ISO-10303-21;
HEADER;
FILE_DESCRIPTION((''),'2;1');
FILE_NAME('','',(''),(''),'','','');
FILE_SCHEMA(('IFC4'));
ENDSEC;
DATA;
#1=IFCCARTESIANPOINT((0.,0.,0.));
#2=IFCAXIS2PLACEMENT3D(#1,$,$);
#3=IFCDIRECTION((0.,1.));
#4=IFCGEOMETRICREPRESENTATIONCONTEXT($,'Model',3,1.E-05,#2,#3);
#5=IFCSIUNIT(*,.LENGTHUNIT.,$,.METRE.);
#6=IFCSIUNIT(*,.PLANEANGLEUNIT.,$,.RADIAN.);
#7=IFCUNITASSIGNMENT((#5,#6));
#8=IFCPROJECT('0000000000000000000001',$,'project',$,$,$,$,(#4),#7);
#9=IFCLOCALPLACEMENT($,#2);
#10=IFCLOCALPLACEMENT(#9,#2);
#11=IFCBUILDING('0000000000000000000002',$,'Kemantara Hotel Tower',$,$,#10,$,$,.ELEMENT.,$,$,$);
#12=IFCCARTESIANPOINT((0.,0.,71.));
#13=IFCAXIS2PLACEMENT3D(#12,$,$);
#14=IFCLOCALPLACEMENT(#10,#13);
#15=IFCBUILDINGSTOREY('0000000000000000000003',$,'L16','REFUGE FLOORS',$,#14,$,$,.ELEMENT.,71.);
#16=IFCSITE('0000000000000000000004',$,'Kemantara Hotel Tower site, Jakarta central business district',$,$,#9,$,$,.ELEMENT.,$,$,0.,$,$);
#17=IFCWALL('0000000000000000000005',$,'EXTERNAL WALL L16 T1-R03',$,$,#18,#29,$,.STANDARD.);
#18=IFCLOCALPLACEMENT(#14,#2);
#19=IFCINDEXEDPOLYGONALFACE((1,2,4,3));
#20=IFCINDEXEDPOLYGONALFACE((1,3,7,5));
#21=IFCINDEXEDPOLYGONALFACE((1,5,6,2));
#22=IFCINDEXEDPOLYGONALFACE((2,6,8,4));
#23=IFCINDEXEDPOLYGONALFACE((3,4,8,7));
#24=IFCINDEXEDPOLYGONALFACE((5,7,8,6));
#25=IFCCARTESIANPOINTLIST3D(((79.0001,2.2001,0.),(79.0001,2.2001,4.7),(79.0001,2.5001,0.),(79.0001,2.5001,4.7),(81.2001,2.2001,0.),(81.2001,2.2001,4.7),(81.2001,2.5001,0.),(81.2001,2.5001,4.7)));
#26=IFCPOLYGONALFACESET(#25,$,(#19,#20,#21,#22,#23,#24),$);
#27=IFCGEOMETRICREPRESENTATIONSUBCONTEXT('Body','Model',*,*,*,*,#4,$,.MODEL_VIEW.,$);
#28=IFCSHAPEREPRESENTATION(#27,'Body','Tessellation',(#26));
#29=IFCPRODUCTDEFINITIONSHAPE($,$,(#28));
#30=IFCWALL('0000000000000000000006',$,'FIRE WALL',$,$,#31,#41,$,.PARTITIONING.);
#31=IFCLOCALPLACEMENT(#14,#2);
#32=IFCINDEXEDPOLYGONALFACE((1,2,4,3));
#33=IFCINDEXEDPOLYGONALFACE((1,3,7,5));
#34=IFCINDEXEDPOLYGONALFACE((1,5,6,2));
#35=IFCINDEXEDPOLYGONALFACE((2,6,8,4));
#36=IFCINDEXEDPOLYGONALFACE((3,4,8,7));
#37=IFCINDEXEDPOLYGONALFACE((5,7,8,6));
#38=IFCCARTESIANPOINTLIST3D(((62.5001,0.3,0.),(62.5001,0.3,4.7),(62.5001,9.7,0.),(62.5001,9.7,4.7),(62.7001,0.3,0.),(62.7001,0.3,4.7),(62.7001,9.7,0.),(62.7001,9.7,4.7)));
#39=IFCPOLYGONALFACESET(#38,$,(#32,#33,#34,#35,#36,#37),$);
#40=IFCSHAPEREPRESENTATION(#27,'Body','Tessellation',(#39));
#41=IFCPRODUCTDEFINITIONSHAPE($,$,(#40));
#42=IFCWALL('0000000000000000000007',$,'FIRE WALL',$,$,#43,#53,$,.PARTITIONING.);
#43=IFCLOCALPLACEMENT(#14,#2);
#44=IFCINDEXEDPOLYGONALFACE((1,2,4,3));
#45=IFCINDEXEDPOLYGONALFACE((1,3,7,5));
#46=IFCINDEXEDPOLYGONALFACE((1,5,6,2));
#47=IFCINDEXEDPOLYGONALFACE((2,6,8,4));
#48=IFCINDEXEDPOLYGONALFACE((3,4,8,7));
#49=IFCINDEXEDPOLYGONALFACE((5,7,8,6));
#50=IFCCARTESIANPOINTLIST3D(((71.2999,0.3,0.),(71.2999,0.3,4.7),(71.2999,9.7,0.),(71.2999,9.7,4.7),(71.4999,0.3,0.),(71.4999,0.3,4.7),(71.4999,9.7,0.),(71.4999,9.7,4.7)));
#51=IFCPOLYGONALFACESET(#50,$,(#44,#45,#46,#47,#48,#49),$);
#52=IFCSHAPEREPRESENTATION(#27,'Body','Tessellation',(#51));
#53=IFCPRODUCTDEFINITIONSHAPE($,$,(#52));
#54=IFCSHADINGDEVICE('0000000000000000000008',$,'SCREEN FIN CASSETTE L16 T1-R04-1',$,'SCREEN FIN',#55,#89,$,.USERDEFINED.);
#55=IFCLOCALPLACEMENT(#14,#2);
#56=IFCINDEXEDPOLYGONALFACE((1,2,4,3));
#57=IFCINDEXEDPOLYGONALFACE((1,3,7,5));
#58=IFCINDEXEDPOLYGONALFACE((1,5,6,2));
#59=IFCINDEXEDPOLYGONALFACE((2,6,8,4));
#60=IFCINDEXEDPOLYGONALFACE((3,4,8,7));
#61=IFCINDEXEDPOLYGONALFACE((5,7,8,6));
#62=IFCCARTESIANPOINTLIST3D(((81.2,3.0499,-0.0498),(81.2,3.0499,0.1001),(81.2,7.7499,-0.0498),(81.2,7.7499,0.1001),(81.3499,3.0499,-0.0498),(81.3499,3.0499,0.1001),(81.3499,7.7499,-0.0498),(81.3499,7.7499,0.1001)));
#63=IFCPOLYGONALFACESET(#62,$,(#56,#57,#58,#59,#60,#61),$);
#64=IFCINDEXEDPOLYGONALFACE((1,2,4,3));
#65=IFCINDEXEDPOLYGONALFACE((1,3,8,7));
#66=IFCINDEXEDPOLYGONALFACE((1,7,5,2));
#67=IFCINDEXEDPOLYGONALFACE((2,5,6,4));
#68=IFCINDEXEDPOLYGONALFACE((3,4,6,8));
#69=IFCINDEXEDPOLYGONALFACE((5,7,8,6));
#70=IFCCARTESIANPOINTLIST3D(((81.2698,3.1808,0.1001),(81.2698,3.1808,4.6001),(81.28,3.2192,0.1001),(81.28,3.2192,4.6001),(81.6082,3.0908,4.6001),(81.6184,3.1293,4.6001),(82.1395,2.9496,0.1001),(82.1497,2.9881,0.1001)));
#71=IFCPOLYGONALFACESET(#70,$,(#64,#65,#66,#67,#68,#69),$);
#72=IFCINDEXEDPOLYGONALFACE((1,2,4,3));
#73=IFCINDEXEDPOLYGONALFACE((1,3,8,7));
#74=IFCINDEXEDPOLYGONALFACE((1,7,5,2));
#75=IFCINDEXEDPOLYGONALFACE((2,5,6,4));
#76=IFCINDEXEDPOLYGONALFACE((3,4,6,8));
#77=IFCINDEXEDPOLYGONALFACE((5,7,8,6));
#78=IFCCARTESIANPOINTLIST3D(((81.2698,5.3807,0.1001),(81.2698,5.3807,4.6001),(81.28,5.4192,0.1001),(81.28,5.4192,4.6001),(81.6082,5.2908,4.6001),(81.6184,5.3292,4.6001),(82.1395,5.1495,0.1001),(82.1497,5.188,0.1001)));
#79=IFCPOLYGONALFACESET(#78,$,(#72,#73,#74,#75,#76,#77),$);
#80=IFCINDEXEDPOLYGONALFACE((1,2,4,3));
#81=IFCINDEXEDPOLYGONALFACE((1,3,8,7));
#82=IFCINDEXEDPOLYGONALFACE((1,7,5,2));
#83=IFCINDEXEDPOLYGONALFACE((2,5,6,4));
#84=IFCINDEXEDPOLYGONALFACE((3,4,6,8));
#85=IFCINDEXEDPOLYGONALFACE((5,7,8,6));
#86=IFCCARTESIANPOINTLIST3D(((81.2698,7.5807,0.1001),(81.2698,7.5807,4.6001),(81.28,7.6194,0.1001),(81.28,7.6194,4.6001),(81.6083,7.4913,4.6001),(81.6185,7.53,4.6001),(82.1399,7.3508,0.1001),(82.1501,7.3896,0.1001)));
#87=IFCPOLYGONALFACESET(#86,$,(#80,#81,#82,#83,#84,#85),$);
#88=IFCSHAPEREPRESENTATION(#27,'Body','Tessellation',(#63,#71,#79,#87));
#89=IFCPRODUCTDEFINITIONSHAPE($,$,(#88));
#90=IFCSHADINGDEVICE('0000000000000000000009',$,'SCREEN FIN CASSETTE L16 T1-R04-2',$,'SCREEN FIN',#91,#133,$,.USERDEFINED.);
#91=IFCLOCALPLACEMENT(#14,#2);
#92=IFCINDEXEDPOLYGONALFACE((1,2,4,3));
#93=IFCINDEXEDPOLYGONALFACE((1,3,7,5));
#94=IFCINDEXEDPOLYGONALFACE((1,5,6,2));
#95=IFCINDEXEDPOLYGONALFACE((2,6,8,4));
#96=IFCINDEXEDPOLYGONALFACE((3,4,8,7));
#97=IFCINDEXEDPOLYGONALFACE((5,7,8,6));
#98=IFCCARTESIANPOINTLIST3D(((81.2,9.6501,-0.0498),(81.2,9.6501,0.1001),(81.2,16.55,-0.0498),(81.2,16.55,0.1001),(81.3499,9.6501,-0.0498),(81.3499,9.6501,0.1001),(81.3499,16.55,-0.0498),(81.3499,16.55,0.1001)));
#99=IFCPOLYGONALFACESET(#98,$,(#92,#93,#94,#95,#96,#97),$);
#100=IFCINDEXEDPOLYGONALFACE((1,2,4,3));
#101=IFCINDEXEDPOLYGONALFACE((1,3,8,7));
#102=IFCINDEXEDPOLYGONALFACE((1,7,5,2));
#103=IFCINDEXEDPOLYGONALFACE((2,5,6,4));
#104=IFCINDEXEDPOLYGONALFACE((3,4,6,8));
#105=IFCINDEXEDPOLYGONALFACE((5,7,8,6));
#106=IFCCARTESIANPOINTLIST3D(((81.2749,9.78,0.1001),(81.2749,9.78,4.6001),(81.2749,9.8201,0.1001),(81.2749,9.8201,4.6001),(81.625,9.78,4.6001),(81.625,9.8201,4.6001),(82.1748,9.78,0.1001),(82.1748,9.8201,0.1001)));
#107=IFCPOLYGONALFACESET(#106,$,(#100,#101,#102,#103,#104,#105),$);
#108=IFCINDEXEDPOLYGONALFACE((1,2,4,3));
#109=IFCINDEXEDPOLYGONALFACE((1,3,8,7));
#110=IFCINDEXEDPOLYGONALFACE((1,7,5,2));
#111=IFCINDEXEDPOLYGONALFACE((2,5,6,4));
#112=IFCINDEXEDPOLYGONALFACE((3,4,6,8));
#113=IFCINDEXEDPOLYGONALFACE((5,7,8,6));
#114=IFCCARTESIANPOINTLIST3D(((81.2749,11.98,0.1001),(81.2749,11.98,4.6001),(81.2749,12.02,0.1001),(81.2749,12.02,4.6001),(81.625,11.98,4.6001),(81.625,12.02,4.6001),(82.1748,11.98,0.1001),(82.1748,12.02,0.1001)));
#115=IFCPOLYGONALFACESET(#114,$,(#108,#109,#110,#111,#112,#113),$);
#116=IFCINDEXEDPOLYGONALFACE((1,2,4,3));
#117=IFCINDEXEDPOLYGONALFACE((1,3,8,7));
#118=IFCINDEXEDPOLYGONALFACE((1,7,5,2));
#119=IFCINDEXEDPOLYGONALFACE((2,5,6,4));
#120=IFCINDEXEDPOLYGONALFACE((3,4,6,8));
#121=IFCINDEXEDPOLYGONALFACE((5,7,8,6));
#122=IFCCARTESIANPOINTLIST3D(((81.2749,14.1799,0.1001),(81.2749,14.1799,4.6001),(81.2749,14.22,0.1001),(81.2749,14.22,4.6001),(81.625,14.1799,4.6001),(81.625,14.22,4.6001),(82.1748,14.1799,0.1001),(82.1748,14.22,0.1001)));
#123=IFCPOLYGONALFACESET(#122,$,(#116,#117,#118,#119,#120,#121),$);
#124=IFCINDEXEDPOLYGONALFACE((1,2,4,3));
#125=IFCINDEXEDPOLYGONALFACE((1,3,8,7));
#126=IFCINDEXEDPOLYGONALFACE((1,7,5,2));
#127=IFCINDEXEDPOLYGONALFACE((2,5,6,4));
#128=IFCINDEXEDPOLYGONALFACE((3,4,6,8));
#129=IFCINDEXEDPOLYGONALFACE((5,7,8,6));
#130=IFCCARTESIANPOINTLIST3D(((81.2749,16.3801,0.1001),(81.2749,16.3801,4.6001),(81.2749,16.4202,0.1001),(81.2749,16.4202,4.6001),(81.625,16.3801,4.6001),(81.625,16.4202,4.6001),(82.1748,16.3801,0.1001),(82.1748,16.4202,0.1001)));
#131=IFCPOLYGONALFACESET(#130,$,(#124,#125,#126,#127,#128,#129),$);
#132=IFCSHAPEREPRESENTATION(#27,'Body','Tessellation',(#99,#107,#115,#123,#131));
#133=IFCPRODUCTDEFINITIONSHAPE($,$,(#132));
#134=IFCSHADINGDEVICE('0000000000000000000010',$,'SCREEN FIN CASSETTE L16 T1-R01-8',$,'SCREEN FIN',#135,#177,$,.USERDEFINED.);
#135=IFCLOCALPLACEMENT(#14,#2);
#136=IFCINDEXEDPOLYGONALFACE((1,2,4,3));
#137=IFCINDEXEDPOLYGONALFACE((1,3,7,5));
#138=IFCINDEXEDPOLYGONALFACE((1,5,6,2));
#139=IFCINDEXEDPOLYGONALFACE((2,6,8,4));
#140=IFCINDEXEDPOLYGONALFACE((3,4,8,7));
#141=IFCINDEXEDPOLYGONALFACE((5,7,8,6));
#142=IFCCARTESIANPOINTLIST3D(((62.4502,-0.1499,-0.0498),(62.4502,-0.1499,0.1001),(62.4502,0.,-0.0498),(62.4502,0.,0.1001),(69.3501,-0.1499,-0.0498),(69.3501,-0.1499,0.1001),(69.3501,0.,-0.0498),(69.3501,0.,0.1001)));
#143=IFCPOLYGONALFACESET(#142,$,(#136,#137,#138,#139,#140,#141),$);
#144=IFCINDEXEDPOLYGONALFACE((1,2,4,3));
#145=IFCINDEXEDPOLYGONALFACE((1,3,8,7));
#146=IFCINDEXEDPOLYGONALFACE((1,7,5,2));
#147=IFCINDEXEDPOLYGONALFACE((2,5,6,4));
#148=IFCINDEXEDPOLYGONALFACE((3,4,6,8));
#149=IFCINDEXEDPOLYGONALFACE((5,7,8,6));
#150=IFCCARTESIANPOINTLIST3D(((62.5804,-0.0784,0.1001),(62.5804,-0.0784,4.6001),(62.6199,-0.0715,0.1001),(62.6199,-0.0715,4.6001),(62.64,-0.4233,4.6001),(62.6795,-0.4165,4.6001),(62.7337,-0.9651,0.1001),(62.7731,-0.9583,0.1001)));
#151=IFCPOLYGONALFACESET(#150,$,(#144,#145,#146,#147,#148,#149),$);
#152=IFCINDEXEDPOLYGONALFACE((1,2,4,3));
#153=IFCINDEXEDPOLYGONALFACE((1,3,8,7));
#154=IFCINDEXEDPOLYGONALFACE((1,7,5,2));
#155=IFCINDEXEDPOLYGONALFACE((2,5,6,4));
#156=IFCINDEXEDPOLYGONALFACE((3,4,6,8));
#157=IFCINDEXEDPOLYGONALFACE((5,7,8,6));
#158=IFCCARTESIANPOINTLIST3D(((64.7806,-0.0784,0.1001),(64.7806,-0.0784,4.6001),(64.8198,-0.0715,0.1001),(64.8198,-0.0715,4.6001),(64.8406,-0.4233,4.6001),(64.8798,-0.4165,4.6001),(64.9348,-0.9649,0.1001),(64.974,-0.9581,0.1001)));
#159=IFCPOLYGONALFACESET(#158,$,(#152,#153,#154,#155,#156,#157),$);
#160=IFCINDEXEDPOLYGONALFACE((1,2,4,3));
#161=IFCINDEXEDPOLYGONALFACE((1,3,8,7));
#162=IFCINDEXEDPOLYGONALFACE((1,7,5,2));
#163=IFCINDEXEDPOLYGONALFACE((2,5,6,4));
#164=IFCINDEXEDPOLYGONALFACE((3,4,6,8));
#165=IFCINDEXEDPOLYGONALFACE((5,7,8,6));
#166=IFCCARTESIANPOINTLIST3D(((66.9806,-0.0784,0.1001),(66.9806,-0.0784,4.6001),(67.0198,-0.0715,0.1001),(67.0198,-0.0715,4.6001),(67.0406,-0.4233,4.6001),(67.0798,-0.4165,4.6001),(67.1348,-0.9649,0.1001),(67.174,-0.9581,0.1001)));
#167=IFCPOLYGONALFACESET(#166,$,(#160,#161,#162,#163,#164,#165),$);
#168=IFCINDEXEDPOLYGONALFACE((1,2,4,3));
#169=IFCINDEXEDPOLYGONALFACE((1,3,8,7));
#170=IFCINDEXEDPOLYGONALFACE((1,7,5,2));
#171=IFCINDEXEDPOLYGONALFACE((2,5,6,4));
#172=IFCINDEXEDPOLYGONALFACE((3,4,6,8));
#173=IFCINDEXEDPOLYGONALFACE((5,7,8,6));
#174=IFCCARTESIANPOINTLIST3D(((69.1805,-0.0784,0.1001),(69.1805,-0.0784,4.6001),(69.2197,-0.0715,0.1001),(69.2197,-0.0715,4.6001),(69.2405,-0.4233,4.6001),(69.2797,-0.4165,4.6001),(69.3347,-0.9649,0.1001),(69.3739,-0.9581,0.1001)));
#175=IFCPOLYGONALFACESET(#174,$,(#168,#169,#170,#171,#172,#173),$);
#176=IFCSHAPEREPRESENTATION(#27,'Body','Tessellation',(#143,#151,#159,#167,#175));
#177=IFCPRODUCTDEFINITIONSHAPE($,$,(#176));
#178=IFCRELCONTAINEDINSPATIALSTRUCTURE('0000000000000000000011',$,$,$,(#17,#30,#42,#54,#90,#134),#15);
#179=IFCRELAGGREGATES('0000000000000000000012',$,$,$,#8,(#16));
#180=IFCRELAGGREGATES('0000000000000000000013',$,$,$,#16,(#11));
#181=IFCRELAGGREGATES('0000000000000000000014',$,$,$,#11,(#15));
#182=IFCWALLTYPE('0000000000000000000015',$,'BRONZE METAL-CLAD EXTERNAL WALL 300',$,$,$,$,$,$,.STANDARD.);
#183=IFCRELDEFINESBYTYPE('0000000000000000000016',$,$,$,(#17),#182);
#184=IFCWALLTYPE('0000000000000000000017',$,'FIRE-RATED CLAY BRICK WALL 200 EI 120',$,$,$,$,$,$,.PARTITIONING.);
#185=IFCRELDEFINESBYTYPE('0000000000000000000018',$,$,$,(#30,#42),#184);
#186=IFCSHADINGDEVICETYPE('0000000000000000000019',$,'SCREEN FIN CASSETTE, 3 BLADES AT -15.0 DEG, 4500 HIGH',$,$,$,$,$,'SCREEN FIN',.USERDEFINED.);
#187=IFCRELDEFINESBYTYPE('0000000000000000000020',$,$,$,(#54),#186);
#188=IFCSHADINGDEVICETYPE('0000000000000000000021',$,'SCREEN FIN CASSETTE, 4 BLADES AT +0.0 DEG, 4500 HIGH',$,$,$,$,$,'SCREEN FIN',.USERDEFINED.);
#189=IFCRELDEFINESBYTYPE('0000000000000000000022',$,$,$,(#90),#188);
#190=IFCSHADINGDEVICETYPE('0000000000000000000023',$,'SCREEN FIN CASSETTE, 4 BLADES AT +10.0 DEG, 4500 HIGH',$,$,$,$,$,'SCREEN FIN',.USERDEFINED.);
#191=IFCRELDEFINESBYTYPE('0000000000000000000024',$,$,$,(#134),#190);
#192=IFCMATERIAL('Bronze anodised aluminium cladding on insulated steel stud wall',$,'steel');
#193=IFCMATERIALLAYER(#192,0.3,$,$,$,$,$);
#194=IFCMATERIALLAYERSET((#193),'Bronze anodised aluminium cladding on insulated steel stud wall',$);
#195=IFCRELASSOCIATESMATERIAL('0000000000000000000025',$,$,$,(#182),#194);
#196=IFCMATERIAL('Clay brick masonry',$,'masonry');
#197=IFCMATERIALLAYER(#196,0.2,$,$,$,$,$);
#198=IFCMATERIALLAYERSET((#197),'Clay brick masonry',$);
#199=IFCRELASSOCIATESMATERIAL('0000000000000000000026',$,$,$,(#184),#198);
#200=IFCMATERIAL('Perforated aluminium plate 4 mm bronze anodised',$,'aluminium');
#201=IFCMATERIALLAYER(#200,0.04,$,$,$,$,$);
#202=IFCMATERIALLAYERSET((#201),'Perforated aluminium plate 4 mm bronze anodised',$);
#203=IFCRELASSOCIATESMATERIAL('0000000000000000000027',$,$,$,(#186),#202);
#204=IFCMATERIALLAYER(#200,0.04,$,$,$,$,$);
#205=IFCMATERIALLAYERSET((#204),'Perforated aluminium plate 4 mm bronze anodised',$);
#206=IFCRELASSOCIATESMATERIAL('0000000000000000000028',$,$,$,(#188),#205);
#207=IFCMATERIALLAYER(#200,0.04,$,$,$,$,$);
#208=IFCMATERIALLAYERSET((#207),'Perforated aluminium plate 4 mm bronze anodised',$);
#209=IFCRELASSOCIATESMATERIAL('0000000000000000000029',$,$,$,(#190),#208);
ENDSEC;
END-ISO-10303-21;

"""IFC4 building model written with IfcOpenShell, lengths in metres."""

from ifc_helpers import new_model, si_unit, direction, frame, frame_2d, origin, origin_2d, place, context, subcontext, project, spatial, polyline, rectangle, outline, extrude, source, transform, mapped, material, layer, layer_set, type_object, element, save


model = new_model("IFC4")

# Units and contexts
model_context = context("Model", 3, precision=1e-05, world=origin(), true_north=direction((0.0, 1.0)))
body_context = subcontext(model_context, "Body", "Model", "MODEL_VIEW")
ifc_project = project(units=[si_unit("LENGTHUNIT", "METRE"), si_unit("PLANEANGLEUNIT", "RADIAN")], contexts=[model_context])

# Site, building, storey
site_placement = place(None, origin())
site = spatial("IfcSite", under=ifc_project, at=site_placement, Name="Kemantara Hotel Tower site, Jakarta central business district", CompositionType="ELEMENT", RefElevation=0.0)
building_placement = place(site_placement, origin())
building = spatial("IfcBuilding", under=site, at=building_placement, Name="Kemantara Hotel Tower", CompositionType="ELEMENT")
storey_placement = place(building_placement, frame((0.0, 0.0, 71.0)))
storey = spatial("IfcBuildingStorey", under=building, at=storey_placement, Name="L16", Description="REFUGE FLOORS", CompositionType="ELEMENT", Elevation=71.0)

# Walls
ifc_material_1 = material(Name="Bronze anodised aluminium cladding on insulated steel stud wall", Category="steel")
ifc_layer_1 = layer(ifc_material_1, 0.3)
ifc_layer_set_1 = layer_set([ifc_layer_1], Name="Bronze anodised aluminium cladding on insulated steel stud wall")
wall_type_1 = type_object("IfcWallType", Name="BRONZE METAL-CLAD EXTERNAL WALL 300", PredefinedType="STANDARD", material=ifc_layer_set_1)
for number, where, z_axis, x_axis, name in (
    (1, (79.0, 2.3501, 0.0), (0.0, 0.0, 1.0), (1.0, 0.0, 0.0), "EXTERNAL WALL L16 T1-R03"),
):
    element("IfcWall", number, at=place(storey_placement, frame(where, z_axis=z_axis, x_axis=x_axis)), inside=storey, type_object=wall_type_1, Name=name, PredefinedType="STANDARD", context=body_context, shape_type="SweptSolid", body=[
        extrude(rectangle(XDim=2.2, YDim=0.3, at=frame_2d((1.1001, 0.0))), origin(), (0.0, 0.0, 1.0), 4.7),
    ])
ifc_material_2 = material(Name="Clay brick masonry", Category="masonry")
ifc_layer_2 = layer(ifc_material_2, 0.2)
ifc_layer_set_2 = layer_set([ifc_layer_2], Name="Clay brick masonry")
wall_type_2 = type_object("IfcWallType", Name="FIRE-RATED CLAY BRICK WALL 200 EI 120", PredefinedType="PARTITIONING", material=ifc_layer_set_2)
for number, where, z_axis, x_axis, name in (
    (2, (62.6001, 0.3, 0.0), (0.0, 0.0, 1.0), (0.0, 1.0, 0.0), "FIRE WALL"),
    (3, (71.3999, 0.3, 0.0), (0.0, 0.0, 1.0), (0.0, 1.0, 0.0), "FIRE WALL"),
):
    element("IfcWall", number, at=place(storey_placement, frame(where, z_axis=z_axis, x_axis=x_axis)), inside=storey, type_object=wall_type_2, Name=name, PredefinedType="PARTITIONING", context=body_context, shape_type="SweptSolid", body=[
        extrude(rectangle(XDim=9.3999, YDim=0.2, at=frame_2d((4.7, 0.0))), origin(), (0.0, 0.0, 1.0), 4.7),
    ])

# Shading devices
ifc_material_3 = material(Name="Perforated aluminium plate 4 mm bronze anodised", Category="aluminium")
ifc_layer_3 = layer(ifc_material_3, 0.04)
ifc_layer_set_3 = layer_set([ifc_layer_3], Name="Perforated aluminium plate 4 mm bronze anodised")
shading_device_type_1 = type_object("IfcShadingDeviceType", Name="SCREEN FIN CASSETTE, 3 BLADES AT -15.0 DEG, 4500 HIGH", ElementType="SCREEN FIN", PredefinedType="USERDEFINED", material=ifc_layer_set_3)
shared_shape_1 = source(origin(), body_context, "Body", "SweptSolid", [
    extrude(rectangle(XDim=4.7, YDim=0.1499, at=origin_2d()), frame((2.2, -0.075, -0.1499), z_axis=(0.0, 0.0, 1.0), x_axis=(1.0, 0.0, 0.0)), (0.0, 0.0, 1.0), 0.1499),
    extrude(outline(polyline([(0.0, 0.0), (0.8999, 0.0), (0.3501, 4.5), (0.0, 4.5), (0.0, 0.0)])), frame((0.0193, -0.0801, 0.0), z_axis=(-0.966438, 0.256901, 0.0), x_axis=(-0.256901, -0.966438, 0.0)), (0.0, 0.0, 1.0), 0.0398),
    extrude(outline(polyline([(0.0, 0.0), (0.8999, 0.0), (0.3501, 4.5), (0.0, 4.5), (0.0, 0.0)])), frame((2.2192, -0.0801, 0.0), z_axis=(-0.966438, 0.256901, 0.0), x_axis=(-0.256901, -0.966438, 0.0)), (0.0, 0.0, 1.0), 0.0398),
    extrude(outline(polyline([(0.0, 0.0), (0.8999, 0.0), (0.3501, 4.5), (0.0, 4.5), (0.0, 0.0)])), frame((4.4194, -0.0801, 0.0), z_axis=(-0.966838, 0.255391, 0.0), x_axis=(-0.255391, -0.966838, 0.0)), (0.0, 0.0, 1.0), 0.04),
])
shading_device_1_placement = place(storey_placement, frame((81.2, 3.2, 0.1001), z_axis=(0.0, 0.0, 1.0), x_axis=(0.0, 1.0, 0.0)))
element("IfcShadingDevice", 4, at=shading_device_1_placement, inside=storey, type_object=shading_device_type_1, Name="SCREEN FIN CASSETTE L16 T1-R04-1", ObjectType="SCREEN FIN", PredefinedType="USERDEFINED", context=body_context, shape_type="MappedRepresentation", body=[
    mapped(shared_shape_1, transform((0.0, 0.0, 0.0))),
])
ifc_layer_4 = layer(ifc_material_3, 0.04)
ifc_layer_set_4 = layer_set([ifc_layer_4], Name="Perforated aluminium plate 4 mm bronze anodised")
shading_device_type_2 = type_object("IfcShadingDeviceType", Name="SCREEN FIN CASSETTE, 4 BLADES AT +0.0 DEG, 4500 HIGH", ElementType="SCREEN FIN", PredefinedType="USERDEFINED", material=ifc_layer_set_4)
shared_shape_2 = source(origin(), body_context, "Body", "SweptSolid", [
    extrude(rectangle(XDim=6.8999, YDim=0.1499, at=origin_2d()), frame((3.3, -0.075, -0.1499), z_axis=(0.0, 0.0, 1.0), x_axis=(1.0, 0.0, 0.0)), (0.0, 0.0, 1.0), 0.1499),
    extrude(outline(polyline([(0.0, 0.0), (0.8999, 0.0), (0.3501, 4.5), (0.0, 4.5), (0.0, 0.0)])), frame((0.02, -0.075, 0.0), z_axis=(-1.0, 0.0, 0.0), x_axis=(0.0, -1.0, 0.0)), (0.0, 0.0, 1.0), 0.04),
    extrude(outline(polyline([(0.0, 0.0), (0.8999, 0.0), (0.3501, 4.5), (0.0, 4.5), (0.0, 0.0)])), frame((2.22, -0.075, 0.0), z_axis=(-1.0, 0.0, 0.0), x_axis=(0.0, -1.0, 0.0)), (0.0, 0.0, 1.0), 0.04),
    extrude(outline(polyline([(0.0, 0.0), (0.8999, 0.0), (0.3501, 4.5), (0.0, 4.5), (0.0, 0.0)])), frame((4.4199, -0.075, 0.0), z_axis=(-1.0, 0.0, 0.0), x_axis=(0.0, -1.0, 0.0)), (0.0, 0.0, 1.0), 0.04),
    extrude(outline(polyline([(0.0, 0.0), (0.8999, 0.0), (0.3501, 4.5), (0.0, 4.5), (0.0, 0.0)])), frame((6.6201, -0.075, 0.0), z_axis=(-1.0, 0.0, 0.0), x_axis=(0.0, -1.0, 0.0)), (0.0, 0.0, 1.0), 0.04),
])
shading_device_2_placement = place(storey_placement, frame((81.2, 9.8, 0.1001), z_axis=(0.0, 0.0, 1.0), x_axis=(0.0, 1.0, 0.0)))
element("IfcShadingDevice", 5, at=shading_device_2_placement, inside=storey, type_object=shading_device_type_2, Name="SCREEN FIN CASSETTE L16 T1-R04-2", ObjectType="SCREEN FIN", PredefinedType="USERDEFINED", context=body_context, shape_type="MappedRepresentation", body=[
    mapped(shared_shape_2, transform((0.0, 0.0, 0.0))),
])
ifc_layer_5 = layer(ifc_material_3, 0.04)
ifc_layer_set_5 = layer_set([ifc_layer_5], Name="Perforated aluminium plate 4 mm bronze anodised")
shading_device_type_3 = type_object("IfcShadingDeviceType", Name="SCREEN FIN CASSETTE, 4 BLADES AT +10.0 DEG, 4500 HIGH", ElementType="SCREEN FIN", PredefinedType="USERDEFINED", material=ifc_layer_set_5)
shared_shape_3 = source(origin(), body_context, "Body", "SweptSolid", [
    extrude(rectangle(XDim=6.8999, YDim=0.1499, at=origin_2d()), frame((3.3, -0.075, -0.1499), z_axis=(0.0, 0.0, 1.0), x_axis=(1.0, 0.0, 0.0)), (0.0, 0.0, 1.0), 0.1499),
    extrude(outline(polyline([(0.0, 0.0), (0.8999, 0.0), (0.3501, 4.5), (0.0, 4.5), (0.0, 0.0)])), frame((0.0198, -0.0715, 0.0), z_axis=(-0.98539, -0.170314, 0.0), x_axis=(0.170314, -0.98539, 0.0)), (0.0, 0.0, 1.0), 0.04),
    extrude(outline(polyline([(0.0, 0.0), (0.8999, 0.0), (0.3501, 4.5), (0.0, 4.5), (0.0, 0.0)])), frame((2.2197, -0.0715, 0.0), z_axis=(-0.985212, -0.171341, 0.0), x_axis=(0.171341, -0.985212, 0.0)), (0.0, 0.0, 1.0), 0.0398),
    extrude(outline(polyline([(0.0, 0.0), (0.8999, 0.0), (0.3501, 4.5), (0.0, 4.5), (0.0, 0.0)])), frame((4.4197, -0.0715, 0.0), z_axis=(-0.985212, -0.171341, 0.0), x_axis=(0.171341, -0.985212, 0.0)), (0.0, 0.0, 1.0), 0.0398),
    extrude(outline(polyline([(0.0, 0.0), (0.8999, 0.0), (0.3501, 4.5), (0.0, 4.5), (0.0, 0.0)])), frame((6.6196, -0.0715, 0.0), z_axis=(-0.985212, -0.171341, 0.0), x_axis=(0.171341, -0.985212, 0.0)), (0.0, 0.0, 1.0), 0.0398),
])
shading_device_3_placement = place(storey_placement, frame((62.6001, 0.0, 0.1001), z_axis=(0.0, 0.0, 1.0), x_axis=(1.0, 0.0, 0.0)))
element("IfcShadingDevice", 6, at=shading_device_3_placement, inside=storey, type_object=shading_device_type_3, Name="SCREEN FIN CASSETTE L16 T1-R01-8", ObjectType="SCREEN FIN", PredefinedType="USERDEFINED", context=body_context, shape_type="MappedRepresentation", body=[
    mapped(shared_shape_3, transform((0.0, 0.0, 0.0))),
])

save(model, "model.ifc")
